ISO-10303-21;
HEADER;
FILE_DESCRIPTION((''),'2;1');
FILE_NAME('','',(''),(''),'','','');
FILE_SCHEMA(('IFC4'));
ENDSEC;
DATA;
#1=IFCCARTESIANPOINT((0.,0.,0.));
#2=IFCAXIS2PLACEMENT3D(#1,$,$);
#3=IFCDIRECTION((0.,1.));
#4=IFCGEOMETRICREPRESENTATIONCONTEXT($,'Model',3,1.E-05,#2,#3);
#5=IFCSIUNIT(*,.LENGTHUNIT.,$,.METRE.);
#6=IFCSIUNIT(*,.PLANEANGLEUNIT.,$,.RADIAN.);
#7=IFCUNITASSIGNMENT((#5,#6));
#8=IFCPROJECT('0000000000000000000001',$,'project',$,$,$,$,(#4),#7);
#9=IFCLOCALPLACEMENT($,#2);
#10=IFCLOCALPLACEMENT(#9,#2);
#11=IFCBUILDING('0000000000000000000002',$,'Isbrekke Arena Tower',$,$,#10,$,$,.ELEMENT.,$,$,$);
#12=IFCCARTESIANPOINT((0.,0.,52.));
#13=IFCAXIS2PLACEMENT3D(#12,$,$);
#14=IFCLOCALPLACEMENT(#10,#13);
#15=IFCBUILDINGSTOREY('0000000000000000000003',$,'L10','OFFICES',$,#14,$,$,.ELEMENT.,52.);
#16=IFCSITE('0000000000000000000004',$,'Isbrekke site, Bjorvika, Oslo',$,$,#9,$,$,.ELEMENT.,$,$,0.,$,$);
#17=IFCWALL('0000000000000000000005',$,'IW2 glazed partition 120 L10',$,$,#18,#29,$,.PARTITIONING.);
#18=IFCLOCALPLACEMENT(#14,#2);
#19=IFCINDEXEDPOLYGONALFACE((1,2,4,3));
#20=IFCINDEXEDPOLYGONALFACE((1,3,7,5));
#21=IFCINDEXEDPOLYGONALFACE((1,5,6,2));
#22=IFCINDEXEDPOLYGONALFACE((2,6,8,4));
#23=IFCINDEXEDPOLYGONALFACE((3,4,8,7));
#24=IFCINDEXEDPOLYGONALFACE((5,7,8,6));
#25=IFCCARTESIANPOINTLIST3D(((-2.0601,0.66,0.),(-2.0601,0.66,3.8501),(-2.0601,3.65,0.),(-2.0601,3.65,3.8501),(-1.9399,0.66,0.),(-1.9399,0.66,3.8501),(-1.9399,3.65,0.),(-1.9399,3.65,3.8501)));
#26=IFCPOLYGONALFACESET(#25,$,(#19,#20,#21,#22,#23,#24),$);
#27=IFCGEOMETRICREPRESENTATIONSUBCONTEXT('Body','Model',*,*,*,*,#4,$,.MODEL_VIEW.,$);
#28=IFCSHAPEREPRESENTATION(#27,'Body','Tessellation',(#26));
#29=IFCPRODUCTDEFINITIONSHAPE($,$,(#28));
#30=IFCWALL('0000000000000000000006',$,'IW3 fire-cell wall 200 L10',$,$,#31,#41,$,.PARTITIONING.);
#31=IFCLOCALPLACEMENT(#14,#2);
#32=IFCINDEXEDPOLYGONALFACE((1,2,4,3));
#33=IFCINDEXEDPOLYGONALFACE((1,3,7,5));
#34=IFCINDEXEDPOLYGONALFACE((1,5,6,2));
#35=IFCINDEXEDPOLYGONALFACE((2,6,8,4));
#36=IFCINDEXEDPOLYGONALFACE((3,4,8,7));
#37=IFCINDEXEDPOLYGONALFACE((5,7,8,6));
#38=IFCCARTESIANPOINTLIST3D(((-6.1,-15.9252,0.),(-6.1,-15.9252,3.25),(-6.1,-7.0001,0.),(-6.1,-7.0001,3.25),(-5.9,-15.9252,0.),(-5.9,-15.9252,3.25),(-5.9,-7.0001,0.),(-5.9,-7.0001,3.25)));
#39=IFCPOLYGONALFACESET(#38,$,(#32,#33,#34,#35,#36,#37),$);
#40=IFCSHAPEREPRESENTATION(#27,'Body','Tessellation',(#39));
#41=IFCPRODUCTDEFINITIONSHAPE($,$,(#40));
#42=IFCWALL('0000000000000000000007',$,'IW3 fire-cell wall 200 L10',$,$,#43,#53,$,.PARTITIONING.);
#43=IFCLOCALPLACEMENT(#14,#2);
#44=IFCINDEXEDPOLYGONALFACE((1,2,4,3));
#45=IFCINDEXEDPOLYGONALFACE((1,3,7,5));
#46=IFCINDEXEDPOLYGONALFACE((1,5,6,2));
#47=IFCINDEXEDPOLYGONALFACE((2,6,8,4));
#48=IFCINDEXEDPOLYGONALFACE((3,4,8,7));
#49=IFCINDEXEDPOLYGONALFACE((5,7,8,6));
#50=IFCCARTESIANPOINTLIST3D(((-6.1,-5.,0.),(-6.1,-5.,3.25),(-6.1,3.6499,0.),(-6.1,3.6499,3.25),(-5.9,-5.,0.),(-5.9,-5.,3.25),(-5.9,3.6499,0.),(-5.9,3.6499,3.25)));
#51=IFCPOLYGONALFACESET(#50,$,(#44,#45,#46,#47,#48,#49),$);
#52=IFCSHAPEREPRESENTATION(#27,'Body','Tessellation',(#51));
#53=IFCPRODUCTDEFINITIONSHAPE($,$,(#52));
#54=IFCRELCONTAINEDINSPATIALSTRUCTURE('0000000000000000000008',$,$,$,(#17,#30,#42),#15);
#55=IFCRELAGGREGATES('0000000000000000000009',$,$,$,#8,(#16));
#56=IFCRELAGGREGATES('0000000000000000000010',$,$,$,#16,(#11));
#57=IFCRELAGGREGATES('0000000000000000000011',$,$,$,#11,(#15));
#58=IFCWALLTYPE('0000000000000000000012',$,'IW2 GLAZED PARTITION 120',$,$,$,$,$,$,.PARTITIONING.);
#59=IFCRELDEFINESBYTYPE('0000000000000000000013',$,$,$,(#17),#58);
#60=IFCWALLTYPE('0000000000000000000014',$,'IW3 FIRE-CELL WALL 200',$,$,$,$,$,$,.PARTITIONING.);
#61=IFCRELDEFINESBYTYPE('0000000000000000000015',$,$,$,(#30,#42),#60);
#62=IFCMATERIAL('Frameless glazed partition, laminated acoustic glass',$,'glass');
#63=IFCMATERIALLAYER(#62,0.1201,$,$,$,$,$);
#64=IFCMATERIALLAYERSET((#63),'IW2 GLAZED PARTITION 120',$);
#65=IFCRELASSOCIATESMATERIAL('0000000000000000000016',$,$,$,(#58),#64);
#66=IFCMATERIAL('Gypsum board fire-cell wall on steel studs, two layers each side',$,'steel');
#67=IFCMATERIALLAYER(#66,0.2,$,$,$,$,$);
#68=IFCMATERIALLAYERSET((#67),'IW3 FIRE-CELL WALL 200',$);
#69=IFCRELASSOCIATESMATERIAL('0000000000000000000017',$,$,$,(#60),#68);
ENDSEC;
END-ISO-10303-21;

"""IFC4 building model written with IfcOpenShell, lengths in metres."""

from ifc_helpers import new_model, si_unit, direction, frame, frame_2d, origin, place, context, subcontext, project, spatial, rectangle, extrude, material, layer, layer_set, type_object, element, save


model = new_model("IFC4")

# Units and contexts
model_context = context("Model", 3, precision=1e-05, world=origin(), true_north=direction((0.0, 1.0)))
body_context = subcontext(model_context, "Body", "Model", "MODEL_VIEW")
ifc_project = project(units=[si_unit("LENGTHUNIT", "METRE"), si_unit("PLANEANGLEUNIT", "RADIAN")], contexts=[model_context])

# Site, building, storey
site_placement = place(None, origin())
site = spatial("IfcSite", under=ifc_project, at=site_placement, Name="Isbrekke site, Bjorvika, Oslo", CompositionType="ELEMENT", RefElevation=0.0)
building_placement = place(site_placement, origin())
building = spatial("IfcBuilding", under=site, at=building_placement, Name="Isbrekke Arena Tower", CompositionType="ELEMENT")
storey_placement = place(building_placement, frame((0.0, 0.0, 52.0)))
storey = spatial("IfcBuildingStorey", under=building, at=storey_placement, Name="L10", Description="OFFICES", CompositionType="ELEMENT", Elevation=52.0)

# Shared definitions
ifc_material_1 = material(Name="Frameless glazed partition, laminated acoustic glass", Category="glass")
ifc_layer_1 = layer(ifc_material_1, 0.1201)
ifc_layer_set_1 = layer_set([ifc_layer_1], Name="IW2 GLAZED PARTITION 120")
wall_type_1 = type_object("IfcWallType", Name="IW2 GLAZED PARTITION 120", PredefinedType="PARTITIONING", material=ifc_layer_set_1)

# Walls
wall_1_placement = place(storey_placement, frame((-2.0, 0.6599, 0.0), z_axis=(0.0, 0.0, 1.0), x_axis=(0.0, 1.0, 0.0)))
element("IfcWall", 1, at=wall_1_placement, inside=storey, type_object=wall_type_1, Name="IW2 glazed partition 120 L10", PredefinedType="PARTITIONING", context=body_context, shape_type="SweptSolid", body=[
    extrude(rectangle(XDim=2.99, YDim=0.1201, at=frame_2d((1.4951, 0.0))), origin(), (0.0, 0.0, 1.0), 3.8501),
])
ifc_material_2 = material(Name="Gypsum board fire-cell wall on steel studs, two layers each side", Category="steel")
ifc_layer_2 = layer(ifc_material_2, 0.2)
ifc_layer_set_2 = layer_set([ifc_layer_2], Name="IW3 FIRE-CELL WALL 200")
wall_type_2 = type_object("IfcWallType", Name="IW3 FIRE-CELL WALL 200", PredefinedType="PARTITIONING", material=ifc_layer_set_2)
wall_2_placement = place(storey_placement, frame((-6.0, -15.925, 0.0), z_axis=(0.0, 0.0, 1.0), x_axis=(0.0, 1.0, 0.0)))
element("IfcWall", 2, at=wall_2_placement, inside=storey, type_object=wall_type_2, Name="IW3 fire-cell wall 200 L10", PredefinedType="PARTITIONING", context=body_context, shape_type="SweptSolid", body=[
    extrude(rectangle(XDim=8.925, YDim=0.2, at=frame_2d((4.4624, 0.0))), origin(), (0.0, 0.0, 1.0), 3.25),
])
wall_3_placement = place(storey_placement, frame((-6.0, -5.0, 0.0), z_axis=(0.0, 0.0, 1.0), x_axis=(0.0, 1.0, 0.0)))
element("IfcWall", 3, at=wall_3_placement, inside=storey, type_object=wall_type_2, Name="IW3 fire-cell wall 200 L10", PredefinedType="PARTITIONING", context=body_context, shape_type="SweptSolid", body=[
    extrude(rectangle(XDim=8.6499, YDim=0.2, at=frame_2d((4.325, 0.0))), origin(), (0.0, 0.0, 1.0), 3.25),
])

save(model, "model.ifc")
